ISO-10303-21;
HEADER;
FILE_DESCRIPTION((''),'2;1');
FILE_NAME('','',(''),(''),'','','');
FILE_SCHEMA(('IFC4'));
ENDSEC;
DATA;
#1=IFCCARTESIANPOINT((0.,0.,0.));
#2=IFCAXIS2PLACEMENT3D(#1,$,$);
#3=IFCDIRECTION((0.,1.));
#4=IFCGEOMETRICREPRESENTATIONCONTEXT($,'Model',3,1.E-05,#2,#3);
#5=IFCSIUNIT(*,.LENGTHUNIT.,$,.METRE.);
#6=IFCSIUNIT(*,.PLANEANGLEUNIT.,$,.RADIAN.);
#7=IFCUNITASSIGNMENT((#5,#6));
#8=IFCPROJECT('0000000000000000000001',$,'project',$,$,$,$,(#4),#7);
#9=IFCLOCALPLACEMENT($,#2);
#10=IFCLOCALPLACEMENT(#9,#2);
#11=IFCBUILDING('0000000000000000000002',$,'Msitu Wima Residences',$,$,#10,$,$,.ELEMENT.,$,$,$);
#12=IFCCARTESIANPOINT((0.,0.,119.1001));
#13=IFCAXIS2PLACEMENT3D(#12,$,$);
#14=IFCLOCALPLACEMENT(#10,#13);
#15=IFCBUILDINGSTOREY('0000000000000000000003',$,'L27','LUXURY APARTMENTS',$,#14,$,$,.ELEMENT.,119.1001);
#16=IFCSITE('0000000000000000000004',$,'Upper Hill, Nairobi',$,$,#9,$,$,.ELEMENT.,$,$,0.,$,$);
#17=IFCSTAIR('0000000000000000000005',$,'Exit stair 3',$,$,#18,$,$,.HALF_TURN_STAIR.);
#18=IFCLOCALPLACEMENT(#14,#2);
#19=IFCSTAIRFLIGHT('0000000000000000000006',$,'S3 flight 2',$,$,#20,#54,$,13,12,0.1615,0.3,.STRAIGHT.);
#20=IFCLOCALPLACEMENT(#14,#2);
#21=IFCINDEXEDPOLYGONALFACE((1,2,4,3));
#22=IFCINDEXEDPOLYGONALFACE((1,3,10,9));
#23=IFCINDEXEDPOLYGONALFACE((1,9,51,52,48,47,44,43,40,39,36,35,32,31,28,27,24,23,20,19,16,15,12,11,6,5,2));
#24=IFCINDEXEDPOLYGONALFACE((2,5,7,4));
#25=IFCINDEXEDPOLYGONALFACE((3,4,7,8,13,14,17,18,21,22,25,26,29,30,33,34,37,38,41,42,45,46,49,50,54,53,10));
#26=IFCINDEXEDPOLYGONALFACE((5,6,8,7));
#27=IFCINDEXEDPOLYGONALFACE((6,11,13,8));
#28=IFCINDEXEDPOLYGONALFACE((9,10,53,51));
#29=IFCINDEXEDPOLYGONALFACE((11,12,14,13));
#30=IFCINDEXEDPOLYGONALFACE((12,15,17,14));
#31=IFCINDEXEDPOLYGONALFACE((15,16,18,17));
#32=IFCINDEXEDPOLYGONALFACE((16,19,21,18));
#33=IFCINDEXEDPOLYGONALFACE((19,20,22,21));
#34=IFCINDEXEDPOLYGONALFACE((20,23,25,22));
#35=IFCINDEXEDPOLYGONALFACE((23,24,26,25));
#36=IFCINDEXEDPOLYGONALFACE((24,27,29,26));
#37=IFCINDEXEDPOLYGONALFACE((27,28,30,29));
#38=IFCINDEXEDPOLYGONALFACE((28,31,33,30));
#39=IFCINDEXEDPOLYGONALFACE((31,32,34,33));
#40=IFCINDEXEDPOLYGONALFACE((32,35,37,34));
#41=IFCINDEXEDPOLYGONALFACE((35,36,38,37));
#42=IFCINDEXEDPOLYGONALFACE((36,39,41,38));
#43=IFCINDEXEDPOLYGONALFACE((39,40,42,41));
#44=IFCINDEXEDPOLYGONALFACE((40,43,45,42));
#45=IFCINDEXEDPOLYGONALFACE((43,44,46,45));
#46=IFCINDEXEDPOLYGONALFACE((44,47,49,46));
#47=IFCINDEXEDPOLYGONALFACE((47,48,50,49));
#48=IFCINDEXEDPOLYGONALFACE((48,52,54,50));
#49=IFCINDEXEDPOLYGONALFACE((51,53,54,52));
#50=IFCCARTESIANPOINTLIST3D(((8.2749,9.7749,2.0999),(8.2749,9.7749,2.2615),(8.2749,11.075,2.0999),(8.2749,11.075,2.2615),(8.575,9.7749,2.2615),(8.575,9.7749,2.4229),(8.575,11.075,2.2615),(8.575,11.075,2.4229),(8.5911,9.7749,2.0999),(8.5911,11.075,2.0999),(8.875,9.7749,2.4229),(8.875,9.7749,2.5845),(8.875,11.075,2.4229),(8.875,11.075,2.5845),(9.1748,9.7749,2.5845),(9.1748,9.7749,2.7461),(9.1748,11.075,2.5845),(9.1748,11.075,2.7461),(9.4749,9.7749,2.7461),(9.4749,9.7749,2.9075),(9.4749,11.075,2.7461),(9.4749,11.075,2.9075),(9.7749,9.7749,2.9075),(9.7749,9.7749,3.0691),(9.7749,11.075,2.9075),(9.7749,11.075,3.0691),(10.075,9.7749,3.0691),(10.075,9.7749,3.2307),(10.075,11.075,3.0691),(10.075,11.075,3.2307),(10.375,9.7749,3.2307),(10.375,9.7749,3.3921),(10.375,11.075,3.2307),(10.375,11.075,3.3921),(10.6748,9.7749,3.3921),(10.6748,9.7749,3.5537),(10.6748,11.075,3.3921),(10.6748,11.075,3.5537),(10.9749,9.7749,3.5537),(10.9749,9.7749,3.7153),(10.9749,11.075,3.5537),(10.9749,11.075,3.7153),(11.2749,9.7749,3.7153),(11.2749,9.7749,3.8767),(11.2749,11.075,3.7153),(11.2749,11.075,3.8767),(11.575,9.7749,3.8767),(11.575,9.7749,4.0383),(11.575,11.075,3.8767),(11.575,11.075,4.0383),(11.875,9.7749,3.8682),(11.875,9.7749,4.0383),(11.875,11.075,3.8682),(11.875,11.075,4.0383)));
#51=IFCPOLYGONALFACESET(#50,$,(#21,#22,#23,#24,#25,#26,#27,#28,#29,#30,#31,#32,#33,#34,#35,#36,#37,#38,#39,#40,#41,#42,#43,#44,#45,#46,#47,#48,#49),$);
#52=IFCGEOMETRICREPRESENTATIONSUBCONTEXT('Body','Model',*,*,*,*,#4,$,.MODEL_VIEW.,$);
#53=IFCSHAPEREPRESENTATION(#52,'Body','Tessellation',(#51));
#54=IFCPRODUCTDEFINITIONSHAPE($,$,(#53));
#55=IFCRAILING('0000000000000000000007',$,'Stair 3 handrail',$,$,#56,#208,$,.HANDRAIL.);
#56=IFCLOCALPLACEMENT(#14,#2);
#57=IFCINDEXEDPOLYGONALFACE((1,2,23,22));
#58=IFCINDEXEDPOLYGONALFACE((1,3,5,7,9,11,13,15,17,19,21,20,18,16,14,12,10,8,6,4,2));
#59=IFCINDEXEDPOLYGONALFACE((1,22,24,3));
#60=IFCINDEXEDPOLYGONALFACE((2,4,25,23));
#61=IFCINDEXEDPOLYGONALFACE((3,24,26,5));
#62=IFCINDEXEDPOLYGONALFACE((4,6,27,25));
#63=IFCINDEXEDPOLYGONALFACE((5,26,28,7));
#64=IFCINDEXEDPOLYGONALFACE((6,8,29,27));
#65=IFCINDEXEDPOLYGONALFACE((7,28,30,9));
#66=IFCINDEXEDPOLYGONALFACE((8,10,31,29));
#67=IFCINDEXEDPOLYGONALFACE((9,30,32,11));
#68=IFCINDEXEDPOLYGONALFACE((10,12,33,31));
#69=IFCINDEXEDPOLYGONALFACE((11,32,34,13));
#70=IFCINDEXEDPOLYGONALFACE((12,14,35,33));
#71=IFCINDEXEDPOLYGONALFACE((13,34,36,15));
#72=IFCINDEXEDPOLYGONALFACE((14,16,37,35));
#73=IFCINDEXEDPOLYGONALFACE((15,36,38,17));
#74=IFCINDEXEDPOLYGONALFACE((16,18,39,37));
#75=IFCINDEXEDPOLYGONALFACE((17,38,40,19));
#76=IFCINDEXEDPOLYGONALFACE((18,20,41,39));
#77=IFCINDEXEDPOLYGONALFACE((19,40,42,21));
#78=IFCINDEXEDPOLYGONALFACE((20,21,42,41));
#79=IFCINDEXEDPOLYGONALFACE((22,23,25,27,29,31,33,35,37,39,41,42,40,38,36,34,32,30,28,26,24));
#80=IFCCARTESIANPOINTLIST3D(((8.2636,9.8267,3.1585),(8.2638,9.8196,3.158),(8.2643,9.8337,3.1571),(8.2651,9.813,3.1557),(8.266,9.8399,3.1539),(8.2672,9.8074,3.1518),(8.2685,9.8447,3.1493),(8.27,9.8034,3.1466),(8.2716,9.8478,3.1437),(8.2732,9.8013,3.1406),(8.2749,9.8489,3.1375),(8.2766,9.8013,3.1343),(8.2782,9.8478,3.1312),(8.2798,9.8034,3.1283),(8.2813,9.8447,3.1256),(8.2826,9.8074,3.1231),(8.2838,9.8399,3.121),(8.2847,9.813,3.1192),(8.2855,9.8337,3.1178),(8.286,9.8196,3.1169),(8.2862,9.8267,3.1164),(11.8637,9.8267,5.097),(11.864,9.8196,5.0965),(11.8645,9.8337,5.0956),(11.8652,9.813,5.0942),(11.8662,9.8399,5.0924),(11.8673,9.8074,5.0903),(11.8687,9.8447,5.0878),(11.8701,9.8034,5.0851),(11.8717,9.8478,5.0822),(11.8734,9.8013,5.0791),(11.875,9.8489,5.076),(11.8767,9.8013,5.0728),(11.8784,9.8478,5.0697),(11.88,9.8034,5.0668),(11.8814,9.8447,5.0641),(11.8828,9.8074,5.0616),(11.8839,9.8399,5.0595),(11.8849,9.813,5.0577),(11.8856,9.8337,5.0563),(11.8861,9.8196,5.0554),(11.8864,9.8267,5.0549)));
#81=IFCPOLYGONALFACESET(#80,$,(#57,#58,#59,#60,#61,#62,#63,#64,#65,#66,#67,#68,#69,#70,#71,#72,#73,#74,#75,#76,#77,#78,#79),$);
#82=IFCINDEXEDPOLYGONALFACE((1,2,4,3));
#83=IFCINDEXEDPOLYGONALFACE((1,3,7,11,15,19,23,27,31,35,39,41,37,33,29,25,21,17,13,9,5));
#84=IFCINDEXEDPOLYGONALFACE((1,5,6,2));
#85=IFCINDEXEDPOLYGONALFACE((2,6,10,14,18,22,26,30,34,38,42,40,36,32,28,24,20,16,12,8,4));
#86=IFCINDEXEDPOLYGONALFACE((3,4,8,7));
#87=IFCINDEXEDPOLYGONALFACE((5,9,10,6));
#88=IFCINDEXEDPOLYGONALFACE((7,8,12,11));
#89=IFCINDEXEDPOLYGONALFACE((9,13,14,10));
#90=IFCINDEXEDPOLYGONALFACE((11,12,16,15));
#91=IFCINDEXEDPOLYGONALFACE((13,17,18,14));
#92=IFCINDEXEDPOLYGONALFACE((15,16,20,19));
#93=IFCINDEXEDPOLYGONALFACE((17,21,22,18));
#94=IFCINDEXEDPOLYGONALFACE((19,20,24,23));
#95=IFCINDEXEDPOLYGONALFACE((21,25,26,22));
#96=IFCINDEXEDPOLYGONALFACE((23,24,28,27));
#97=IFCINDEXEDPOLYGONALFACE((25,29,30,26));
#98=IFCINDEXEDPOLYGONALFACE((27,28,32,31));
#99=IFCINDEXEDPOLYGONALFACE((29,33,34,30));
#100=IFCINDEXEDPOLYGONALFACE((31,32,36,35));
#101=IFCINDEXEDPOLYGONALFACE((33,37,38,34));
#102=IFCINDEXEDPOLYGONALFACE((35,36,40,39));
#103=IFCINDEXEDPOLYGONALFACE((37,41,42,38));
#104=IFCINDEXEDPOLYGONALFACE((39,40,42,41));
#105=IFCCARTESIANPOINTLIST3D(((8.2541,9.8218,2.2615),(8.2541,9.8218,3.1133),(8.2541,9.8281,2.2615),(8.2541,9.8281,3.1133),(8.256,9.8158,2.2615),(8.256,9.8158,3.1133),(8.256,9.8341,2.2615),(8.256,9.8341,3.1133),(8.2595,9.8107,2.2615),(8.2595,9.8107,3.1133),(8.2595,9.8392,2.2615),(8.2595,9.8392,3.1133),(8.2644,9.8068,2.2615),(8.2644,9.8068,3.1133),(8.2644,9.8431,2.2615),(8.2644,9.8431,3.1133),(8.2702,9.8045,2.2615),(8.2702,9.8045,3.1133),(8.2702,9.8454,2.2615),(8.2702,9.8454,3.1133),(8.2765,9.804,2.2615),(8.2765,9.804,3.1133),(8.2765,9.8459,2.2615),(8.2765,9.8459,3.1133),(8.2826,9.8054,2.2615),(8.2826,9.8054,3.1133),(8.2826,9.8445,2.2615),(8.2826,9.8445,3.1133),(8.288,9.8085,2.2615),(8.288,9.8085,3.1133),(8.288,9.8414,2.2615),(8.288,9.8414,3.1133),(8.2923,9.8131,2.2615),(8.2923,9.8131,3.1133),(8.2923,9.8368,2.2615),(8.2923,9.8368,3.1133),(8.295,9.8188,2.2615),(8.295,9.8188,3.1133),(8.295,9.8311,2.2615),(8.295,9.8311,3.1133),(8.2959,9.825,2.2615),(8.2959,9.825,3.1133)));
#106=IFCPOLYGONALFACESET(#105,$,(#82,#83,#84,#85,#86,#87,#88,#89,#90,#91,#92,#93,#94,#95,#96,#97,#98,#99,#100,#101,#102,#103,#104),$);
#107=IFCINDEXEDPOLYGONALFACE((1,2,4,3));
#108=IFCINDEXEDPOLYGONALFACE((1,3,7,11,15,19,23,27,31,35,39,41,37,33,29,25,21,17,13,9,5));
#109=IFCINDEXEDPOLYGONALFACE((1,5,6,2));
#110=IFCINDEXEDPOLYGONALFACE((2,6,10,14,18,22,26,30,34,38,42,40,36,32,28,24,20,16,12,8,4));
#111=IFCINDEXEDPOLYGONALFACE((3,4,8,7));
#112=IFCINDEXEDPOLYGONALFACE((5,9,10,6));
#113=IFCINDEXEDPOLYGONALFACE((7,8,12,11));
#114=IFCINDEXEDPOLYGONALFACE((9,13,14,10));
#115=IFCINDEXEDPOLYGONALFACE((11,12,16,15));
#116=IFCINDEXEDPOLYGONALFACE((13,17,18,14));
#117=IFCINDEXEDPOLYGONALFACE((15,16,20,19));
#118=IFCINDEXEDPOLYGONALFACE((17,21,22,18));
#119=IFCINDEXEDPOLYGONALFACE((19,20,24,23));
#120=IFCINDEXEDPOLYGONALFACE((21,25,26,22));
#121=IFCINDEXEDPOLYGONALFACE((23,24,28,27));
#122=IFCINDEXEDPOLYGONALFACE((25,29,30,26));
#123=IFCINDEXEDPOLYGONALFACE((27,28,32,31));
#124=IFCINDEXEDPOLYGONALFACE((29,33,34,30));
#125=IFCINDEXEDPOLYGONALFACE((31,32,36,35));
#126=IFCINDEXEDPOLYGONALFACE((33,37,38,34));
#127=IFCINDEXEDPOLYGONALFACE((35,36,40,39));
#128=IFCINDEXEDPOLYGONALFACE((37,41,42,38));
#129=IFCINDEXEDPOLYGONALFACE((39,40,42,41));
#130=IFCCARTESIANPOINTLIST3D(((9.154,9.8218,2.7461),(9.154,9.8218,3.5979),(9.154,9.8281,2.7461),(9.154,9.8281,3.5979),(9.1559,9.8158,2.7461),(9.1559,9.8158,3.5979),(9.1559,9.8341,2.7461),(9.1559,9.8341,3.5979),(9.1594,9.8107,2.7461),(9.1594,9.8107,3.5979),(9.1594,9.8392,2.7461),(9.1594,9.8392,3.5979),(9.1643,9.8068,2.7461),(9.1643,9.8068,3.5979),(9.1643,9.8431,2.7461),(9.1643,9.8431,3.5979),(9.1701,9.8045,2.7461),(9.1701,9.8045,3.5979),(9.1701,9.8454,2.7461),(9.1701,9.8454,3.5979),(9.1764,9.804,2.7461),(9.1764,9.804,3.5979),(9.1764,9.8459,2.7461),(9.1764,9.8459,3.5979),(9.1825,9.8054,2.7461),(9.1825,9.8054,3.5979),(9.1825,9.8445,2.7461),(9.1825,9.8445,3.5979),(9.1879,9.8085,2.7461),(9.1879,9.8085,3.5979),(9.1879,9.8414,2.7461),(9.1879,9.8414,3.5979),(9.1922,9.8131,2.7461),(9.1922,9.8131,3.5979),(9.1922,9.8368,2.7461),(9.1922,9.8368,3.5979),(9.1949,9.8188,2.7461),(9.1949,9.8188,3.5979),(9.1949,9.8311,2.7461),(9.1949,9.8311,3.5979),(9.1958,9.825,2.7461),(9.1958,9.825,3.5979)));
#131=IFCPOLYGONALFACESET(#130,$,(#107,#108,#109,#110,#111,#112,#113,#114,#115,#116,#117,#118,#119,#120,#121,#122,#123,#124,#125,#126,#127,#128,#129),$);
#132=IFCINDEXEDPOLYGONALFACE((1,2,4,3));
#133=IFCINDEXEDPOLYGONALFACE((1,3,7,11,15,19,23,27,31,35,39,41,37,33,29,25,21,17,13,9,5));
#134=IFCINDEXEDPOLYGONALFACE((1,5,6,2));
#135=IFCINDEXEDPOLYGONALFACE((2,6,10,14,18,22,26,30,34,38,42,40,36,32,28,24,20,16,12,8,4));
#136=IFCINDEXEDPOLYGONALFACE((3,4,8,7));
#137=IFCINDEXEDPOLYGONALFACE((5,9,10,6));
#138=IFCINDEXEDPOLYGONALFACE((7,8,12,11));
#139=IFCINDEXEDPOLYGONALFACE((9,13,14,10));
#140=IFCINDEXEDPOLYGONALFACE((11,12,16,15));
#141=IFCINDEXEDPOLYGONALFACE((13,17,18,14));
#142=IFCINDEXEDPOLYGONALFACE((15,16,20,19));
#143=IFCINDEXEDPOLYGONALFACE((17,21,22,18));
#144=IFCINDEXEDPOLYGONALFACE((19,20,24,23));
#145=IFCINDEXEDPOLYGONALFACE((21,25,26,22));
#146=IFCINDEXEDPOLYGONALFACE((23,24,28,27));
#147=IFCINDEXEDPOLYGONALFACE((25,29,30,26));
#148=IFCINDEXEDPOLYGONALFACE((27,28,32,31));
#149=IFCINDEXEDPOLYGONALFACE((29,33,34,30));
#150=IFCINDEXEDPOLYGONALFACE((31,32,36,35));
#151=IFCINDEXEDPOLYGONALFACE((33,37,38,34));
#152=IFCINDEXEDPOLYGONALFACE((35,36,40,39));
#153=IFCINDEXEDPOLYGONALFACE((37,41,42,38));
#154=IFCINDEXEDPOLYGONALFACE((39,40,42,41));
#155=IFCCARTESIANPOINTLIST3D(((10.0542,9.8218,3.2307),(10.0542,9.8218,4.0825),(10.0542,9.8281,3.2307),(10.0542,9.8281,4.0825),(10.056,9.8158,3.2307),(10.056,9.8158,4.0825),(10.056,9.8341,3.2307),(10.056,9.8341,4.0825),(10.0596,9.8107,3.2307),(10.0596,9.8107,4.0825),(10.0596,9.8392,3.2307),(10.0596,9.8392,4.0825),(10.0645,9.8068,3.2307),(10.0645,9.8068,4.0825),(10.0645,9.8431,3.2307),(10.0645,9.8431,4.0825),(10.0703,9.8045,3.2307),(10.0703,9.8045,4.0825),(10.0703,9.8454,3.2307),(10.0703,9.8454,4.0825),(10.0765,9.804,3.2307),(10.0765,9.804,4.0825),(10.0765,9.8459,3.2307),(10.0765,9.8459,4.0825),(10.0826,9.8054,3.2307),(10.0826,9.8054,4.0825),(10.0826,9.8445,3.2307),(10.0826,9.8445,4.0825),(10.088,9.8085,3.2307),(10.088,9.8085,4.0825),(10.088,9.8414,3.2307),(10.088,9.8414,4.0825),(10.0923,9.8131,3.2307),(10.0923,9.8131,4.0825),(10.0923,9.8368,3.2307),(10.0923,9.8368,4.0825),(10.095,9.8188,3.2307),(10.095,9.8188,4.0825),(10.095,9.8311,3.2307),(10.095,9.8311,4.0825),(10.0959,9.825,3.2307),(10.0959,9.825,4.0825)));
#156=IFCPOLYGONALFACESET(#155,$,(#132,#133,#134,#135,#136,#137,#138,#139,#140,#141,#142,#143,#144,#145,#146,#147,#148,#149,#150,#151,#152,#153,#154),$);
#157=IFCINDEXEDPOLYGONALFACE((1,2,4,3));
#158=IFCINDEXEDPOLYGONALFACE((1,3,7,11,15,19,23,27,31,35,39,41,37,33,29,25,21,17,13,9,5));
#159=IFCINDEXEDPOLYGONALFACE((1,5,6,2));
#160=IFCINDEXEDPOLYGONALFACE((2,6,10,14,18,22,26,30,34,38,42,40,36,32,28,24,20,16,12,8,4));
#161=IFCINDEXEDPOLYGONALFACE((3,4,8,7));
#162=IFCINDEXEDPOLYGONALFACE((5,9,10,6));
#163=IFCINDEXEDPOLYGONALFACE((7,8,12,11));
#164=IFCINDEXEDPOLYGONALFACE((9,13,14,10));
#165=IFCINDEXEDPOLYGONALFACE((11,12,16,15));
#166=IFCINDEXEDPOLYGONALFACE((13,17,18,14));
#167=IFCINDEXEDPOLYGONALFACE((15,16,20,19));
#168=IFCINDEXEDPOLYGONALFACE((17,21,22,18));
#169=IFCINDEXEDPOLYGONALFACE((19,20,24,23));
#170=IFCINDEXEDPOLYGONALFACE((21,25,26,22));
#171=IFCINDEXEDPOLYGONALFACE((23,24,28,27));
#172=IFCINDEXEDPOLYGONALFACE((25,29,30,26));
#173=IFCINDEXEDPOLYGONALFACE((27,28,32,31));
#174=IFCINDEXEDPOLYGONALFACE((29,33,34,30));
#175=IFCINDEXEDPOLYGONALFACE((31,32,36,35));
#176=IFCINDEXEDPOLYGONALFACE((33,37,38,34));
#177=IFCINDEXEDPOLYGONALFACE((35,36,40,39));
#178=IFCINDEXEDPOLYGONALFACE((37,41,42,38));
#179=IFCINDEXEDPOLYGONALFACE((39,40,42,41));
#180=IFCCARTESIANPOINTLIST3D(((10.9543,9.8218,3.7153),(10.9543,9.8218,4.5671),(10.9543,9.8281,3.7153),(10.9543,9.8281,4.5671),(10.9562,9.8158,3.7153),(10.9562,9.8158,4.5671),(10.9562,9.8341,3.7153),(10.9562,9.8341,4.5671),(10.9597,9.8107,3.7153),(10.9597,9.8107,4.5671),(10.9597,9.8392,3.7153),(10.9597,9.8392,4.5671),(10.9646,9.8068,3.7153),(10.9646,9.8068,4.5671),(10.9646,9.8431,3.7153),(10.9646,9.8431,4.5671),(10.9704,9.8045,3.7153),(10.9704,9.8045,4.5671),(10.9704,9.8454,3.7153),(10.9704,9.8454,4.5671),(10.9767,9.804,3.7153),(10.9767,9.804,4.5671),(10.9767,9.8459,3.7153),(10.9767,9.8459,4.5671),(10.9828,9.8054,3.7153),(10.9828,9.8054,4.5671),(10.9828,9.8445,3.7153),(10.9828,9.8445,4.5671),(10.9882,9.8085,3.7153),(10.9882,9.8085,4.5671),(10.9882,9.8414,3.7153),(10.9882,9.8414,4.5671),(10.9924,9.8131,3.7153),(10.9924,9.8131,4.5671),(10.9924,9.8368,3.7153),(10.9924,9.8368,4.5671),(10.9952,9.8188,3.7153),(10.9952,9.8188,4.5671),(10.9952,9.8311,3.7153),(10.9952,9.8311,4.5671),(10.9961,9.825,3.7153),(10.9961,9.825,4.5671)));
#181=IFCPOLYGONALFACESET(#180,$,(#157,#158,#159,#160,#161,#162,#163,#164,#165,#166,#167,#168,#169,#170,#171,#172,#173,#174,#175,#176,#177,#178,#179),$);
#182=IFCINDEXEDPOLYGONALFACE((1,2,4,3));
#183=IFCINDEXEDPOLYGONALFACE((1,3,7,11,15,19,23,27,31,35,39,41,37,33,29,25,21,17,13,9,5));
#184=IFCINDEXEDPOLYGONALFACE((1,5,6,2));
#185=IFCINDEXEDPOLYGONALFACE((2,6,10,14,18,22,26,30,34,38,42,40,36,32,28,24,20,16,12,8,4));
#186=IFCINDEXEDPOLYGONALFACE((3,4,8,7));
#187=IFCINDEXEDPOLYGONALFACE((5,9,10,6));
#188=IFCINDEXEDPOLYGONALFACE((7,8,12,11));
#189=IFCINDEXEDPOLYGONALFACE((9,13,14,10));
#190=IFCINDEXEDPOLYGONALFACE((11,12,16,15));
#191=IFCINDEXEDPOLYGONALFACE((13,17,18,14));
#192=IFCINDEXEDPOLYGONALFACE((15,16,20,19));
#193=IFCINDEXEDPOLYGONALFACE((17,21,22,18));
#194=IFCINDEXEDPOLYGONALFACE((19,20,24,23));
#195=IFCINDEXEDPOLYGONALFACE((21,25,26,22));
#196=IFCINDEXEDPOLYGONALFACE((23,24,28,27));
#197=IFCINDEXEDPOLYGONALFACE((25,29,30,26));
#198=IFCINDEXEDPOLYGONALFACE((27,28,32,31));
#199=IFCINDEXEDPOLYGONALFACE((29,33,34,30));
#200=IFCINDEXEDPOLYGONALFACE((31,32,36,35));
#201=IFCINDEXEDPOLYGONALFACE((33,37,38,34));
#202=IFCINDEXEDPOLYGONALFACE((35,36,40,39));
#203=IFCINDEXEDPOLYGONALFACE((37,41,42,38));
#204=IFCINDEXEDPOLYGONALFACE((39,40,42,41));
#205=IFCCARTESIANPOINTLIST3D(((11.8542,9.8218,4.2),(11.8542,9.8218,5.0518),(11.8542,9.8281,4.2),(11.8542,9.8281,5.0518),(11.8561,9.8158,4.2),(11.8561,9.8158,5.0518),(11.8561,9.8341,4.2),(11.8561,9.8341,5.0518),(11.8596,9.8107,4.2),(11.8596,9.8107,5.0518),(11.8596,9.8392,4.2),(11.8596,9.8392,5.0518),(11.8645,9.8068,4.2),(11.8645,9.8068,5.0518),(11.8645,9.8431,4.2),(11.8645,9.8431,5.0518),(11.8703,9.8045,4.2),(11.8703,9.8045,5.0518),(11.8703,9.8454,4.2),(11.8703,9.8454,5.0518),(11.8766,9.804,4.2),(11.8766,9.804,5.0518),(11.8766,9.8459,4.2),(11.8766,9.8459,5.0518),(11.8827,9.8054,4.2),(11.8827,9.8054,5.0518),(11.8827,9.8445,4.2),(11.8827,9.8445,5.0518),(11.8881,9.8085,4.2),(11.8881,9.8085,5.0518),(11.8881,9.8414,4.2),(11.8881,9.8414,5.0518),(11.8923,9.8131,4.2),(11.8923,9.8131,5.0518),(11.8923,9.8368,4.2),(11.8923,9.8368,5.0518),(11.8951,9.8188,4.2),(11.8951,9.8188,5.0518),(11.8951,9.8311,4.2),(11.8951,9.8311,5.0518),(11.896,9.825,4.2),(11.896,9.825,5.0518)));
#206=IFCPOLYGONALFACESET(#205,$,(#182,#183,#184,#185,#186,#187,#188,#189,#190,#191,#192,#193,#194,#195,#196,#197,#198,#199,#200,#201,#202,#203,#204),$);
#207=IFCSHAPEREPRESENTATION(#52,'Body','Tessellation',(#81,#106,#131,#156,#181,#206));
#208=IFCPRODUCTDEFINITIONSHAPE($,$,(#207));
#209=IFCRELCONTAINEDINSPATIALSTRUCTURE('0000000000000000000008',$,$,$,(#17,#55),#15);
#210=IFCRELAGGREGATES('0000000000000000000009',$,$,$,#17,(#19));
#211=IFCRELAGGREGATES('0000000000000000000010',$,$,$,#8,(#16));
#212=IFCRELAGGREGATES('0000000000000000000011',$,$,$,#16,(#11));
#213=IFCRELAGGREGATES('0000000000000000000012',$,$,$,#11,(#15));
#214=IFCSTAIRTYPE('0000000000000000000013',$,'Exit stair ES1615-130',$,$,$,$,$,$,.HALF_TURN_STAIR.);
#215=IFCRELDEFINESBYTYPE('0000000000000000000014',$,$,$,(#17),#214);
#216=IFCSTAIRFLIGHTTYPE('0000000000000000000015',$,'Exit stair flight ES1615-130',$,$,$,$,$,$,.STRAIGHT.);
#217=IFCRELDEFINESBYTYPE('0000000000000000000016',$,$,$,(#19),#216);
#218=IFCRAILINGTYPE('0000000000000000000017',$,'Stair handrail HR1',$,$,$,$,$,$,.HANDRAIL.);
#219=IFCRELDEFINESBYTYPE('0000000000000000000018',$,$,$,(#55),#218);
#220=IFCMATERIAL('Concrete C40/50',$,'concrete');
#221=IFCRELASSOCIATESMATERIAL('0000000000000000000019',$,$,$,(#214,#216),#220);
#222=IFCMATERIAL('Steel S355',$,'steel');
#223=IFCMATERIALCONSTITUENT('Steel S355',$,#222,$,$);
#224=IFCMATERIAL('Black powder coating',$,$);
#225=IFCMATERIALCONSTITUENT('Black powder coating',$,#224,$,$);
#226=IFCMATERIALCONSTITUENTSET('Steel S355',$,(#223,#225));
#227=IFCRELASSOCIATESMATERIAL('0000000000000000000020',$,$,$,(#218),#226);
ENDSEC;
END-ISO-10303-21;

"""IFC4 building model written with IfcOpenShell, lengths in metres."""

from ifc_helpers import new_model, si_unit, direction, frame, origin, origin_2d, place, context, subcontext, project, spatial, polyline, circle, outline, extrude, material, constituent, constituent_set, type_object, element, aggregate, save


model = new_model("IFC4")

# Units and contexts
model_context = context("Model", 3, precision=1e-05, world=origin(), true_north=direction((0.0, 1.0)))
body_context = subcontext(model_context, "Body", "Model", "MODEL_VIEW")
ifc_project = project(units=[si_unit("LENGTHUNIT", "METRE"), si_unit("PLANEANGLEUNIT", "RADIAN")], contexts=[model_context])

# Site, building, storey
site_placement = place(None, origin())
site = spatial("IfcSite", under=ifc_project, at=site_placement, Name="Upper Hill, Nairobi", CompositionType="ELEMENT", RefElevation=0.0)
building_placement = place(site_placement, origin())
building = spatial("IfcBuilding", under=site, at=building_placement, Name="Msitu Wima Residences", CompositionType="ELEMENT")
storey_placement = place(building_placement, frame((0.0, 0.0, 119.1001)))
storey = spatial("IfcBuildingStorey", under=building, at=storey_placement, Name="L27", Description="LUXURY APARTMENTS", CompositionType="ELEMENT", Elevation=119.1001)

# Shared definitions
ifc_material_1 = material(Name="Concrete C40/50", Category="concrete")

# Stair
stair_type = type_object("IfcStairType", Name="Exit stair ES1615-130", PredefinedType="HALF_TURN_STAIR", material=ifc_material_1)
stair_1_placement = place(storey_placement, origin())
stair_1 = element("IfcStair", 1, at=stair_1_placement, inside=storey, type_object=stair_type, Name="Exit stair 3", PredefinedType="HALF_TURN_STAIR")

# Stair flight
stair_flight_type = type_object("IfcStairFlightType", Name="Exit stair flight ES1615-130", PredefinedType="STRAIGHT", material=ifc_material_1)
stair_flight_placement = place(storey_placement, frame((8.2749, 10.425, 2.0999), z_axis=(0.0, 0.0, 1.0), x_axis=(1.0, 0.0, 0.0)))
stair_flight = element("IfcStairFlight", 2, at=stair_flight_placement, type_object=stair_flight_type, Name="S3 flight 2", NumberOfRisers=13, NumberOfTreads=12, PredefinedType="STRAIGHT", RiserHeight=0.1615, TreadLength=0.3, context=body_context, shape_type="SweptSolid", body=[
    extrude(outline(polyline([(0.0, 0.0), (0.0, 0.1616), (0.3, 0.1616), (0.3, 0.323), (0.6001, 0.323), (0.6001, 0.4846), (0.8999, 0.4846), (0.8999, 0.6462), (1.2, 0.6462), (1.2, 0.8076), (1.5, 0.8076), (1.5, 0.9692), (1.8, 0.9692), (1.8, 1.1309), (2.1001, 1.1309), (2.1001, 1.2922), (2.3999, 1.2922), (2.3999, 1.4539), (2.7, 1.4539), (2.7, 1.6155), (3.0, 1.6155), (3.0, 1.7769), (3.3, 1.7769), (3.3, 1.9385), (3.6001, 1.9385), (3.6001, 2.1001), (3.6001, 1.7683), (0.3162, 0.0), (0.0, 0.0)])), frame((0.0, 0.6499, 0.0), z_axis=(0.0, -1.0, 0.0), x_axis=(1.0, 0.0, 0.0)), (0.0, 0.0, 1.0), 1.3),
])
aggregate(stair_1, [stair_flight])

# Railing
ifc_material_2 = material(Name="Steel S355", Category="steel")
ifc_constituent_1 = constituent(ifc_material_2, Name="Steel S355")
ifc_material_3 = material(Name="Black powder coating")
ifc_constituent_2 = constituent(ifc_material_3, Name="Black powder coating")
ifc_constituent_set = constituent_set(constituents=[ifc_constituent_1, ifc_constituent_2], Name="Steel S355")
railing_type = type_object("IfcRailingType", Name="Stair handrail HR1", PredefinedType="HANDRAIL", material=ifc_constituent_set)
for number, where, name in (
    (3, (8.2749, 9.825, 2.2615), "Stair 3 handrail"),
):
    element("IfcRailing", number, at=place(storey_placement, frame(where)), inside=storey, type_object=railing_type, Name=name, PredefinedType="HANDRAIL", context=body_context, shape_type="SweptSolid", body=[
        extrude(circle(Radius=0.0239, at=origin_2d()), frame((0.0, 0.0, 0.876), z_axis=(0.880475, 0.0, 0.474093), x_axis=(0.0, 1.0, 0.0)), (0.0, 0.0, 1.0), 4.0889),
        extrude(circle(Radius=0.021, at=origin_2d()), origin(), (0.0, 0.0, 1.0), 0.8518),
        extrude(circle(Radius=0.021, at=origin_2d()), frame((0.8999, 0.0, 0.4846)), (0.0, 0.0, 1.0), 0.8518),
        extrude(circle(Radius=0.021, at=origin_2d()), frame((1.8, 0.0, 0.9692)), (0.0, 0.0, 1.0), 0.8518),
        extrude(circle(Radius=0.021, at=origin_2d()), frame((2.7002, 0.0, 1.4539)), (0.0, 0.0, 1.0), 0.8518),
        extrude(circle(Radius=0.021, at=origin_2d()), frame((3.6001, 0.0, 1.9385)), (0.0, 0.0, 1.0), 0.8518),
    ])

save(model, "model.ifc")
